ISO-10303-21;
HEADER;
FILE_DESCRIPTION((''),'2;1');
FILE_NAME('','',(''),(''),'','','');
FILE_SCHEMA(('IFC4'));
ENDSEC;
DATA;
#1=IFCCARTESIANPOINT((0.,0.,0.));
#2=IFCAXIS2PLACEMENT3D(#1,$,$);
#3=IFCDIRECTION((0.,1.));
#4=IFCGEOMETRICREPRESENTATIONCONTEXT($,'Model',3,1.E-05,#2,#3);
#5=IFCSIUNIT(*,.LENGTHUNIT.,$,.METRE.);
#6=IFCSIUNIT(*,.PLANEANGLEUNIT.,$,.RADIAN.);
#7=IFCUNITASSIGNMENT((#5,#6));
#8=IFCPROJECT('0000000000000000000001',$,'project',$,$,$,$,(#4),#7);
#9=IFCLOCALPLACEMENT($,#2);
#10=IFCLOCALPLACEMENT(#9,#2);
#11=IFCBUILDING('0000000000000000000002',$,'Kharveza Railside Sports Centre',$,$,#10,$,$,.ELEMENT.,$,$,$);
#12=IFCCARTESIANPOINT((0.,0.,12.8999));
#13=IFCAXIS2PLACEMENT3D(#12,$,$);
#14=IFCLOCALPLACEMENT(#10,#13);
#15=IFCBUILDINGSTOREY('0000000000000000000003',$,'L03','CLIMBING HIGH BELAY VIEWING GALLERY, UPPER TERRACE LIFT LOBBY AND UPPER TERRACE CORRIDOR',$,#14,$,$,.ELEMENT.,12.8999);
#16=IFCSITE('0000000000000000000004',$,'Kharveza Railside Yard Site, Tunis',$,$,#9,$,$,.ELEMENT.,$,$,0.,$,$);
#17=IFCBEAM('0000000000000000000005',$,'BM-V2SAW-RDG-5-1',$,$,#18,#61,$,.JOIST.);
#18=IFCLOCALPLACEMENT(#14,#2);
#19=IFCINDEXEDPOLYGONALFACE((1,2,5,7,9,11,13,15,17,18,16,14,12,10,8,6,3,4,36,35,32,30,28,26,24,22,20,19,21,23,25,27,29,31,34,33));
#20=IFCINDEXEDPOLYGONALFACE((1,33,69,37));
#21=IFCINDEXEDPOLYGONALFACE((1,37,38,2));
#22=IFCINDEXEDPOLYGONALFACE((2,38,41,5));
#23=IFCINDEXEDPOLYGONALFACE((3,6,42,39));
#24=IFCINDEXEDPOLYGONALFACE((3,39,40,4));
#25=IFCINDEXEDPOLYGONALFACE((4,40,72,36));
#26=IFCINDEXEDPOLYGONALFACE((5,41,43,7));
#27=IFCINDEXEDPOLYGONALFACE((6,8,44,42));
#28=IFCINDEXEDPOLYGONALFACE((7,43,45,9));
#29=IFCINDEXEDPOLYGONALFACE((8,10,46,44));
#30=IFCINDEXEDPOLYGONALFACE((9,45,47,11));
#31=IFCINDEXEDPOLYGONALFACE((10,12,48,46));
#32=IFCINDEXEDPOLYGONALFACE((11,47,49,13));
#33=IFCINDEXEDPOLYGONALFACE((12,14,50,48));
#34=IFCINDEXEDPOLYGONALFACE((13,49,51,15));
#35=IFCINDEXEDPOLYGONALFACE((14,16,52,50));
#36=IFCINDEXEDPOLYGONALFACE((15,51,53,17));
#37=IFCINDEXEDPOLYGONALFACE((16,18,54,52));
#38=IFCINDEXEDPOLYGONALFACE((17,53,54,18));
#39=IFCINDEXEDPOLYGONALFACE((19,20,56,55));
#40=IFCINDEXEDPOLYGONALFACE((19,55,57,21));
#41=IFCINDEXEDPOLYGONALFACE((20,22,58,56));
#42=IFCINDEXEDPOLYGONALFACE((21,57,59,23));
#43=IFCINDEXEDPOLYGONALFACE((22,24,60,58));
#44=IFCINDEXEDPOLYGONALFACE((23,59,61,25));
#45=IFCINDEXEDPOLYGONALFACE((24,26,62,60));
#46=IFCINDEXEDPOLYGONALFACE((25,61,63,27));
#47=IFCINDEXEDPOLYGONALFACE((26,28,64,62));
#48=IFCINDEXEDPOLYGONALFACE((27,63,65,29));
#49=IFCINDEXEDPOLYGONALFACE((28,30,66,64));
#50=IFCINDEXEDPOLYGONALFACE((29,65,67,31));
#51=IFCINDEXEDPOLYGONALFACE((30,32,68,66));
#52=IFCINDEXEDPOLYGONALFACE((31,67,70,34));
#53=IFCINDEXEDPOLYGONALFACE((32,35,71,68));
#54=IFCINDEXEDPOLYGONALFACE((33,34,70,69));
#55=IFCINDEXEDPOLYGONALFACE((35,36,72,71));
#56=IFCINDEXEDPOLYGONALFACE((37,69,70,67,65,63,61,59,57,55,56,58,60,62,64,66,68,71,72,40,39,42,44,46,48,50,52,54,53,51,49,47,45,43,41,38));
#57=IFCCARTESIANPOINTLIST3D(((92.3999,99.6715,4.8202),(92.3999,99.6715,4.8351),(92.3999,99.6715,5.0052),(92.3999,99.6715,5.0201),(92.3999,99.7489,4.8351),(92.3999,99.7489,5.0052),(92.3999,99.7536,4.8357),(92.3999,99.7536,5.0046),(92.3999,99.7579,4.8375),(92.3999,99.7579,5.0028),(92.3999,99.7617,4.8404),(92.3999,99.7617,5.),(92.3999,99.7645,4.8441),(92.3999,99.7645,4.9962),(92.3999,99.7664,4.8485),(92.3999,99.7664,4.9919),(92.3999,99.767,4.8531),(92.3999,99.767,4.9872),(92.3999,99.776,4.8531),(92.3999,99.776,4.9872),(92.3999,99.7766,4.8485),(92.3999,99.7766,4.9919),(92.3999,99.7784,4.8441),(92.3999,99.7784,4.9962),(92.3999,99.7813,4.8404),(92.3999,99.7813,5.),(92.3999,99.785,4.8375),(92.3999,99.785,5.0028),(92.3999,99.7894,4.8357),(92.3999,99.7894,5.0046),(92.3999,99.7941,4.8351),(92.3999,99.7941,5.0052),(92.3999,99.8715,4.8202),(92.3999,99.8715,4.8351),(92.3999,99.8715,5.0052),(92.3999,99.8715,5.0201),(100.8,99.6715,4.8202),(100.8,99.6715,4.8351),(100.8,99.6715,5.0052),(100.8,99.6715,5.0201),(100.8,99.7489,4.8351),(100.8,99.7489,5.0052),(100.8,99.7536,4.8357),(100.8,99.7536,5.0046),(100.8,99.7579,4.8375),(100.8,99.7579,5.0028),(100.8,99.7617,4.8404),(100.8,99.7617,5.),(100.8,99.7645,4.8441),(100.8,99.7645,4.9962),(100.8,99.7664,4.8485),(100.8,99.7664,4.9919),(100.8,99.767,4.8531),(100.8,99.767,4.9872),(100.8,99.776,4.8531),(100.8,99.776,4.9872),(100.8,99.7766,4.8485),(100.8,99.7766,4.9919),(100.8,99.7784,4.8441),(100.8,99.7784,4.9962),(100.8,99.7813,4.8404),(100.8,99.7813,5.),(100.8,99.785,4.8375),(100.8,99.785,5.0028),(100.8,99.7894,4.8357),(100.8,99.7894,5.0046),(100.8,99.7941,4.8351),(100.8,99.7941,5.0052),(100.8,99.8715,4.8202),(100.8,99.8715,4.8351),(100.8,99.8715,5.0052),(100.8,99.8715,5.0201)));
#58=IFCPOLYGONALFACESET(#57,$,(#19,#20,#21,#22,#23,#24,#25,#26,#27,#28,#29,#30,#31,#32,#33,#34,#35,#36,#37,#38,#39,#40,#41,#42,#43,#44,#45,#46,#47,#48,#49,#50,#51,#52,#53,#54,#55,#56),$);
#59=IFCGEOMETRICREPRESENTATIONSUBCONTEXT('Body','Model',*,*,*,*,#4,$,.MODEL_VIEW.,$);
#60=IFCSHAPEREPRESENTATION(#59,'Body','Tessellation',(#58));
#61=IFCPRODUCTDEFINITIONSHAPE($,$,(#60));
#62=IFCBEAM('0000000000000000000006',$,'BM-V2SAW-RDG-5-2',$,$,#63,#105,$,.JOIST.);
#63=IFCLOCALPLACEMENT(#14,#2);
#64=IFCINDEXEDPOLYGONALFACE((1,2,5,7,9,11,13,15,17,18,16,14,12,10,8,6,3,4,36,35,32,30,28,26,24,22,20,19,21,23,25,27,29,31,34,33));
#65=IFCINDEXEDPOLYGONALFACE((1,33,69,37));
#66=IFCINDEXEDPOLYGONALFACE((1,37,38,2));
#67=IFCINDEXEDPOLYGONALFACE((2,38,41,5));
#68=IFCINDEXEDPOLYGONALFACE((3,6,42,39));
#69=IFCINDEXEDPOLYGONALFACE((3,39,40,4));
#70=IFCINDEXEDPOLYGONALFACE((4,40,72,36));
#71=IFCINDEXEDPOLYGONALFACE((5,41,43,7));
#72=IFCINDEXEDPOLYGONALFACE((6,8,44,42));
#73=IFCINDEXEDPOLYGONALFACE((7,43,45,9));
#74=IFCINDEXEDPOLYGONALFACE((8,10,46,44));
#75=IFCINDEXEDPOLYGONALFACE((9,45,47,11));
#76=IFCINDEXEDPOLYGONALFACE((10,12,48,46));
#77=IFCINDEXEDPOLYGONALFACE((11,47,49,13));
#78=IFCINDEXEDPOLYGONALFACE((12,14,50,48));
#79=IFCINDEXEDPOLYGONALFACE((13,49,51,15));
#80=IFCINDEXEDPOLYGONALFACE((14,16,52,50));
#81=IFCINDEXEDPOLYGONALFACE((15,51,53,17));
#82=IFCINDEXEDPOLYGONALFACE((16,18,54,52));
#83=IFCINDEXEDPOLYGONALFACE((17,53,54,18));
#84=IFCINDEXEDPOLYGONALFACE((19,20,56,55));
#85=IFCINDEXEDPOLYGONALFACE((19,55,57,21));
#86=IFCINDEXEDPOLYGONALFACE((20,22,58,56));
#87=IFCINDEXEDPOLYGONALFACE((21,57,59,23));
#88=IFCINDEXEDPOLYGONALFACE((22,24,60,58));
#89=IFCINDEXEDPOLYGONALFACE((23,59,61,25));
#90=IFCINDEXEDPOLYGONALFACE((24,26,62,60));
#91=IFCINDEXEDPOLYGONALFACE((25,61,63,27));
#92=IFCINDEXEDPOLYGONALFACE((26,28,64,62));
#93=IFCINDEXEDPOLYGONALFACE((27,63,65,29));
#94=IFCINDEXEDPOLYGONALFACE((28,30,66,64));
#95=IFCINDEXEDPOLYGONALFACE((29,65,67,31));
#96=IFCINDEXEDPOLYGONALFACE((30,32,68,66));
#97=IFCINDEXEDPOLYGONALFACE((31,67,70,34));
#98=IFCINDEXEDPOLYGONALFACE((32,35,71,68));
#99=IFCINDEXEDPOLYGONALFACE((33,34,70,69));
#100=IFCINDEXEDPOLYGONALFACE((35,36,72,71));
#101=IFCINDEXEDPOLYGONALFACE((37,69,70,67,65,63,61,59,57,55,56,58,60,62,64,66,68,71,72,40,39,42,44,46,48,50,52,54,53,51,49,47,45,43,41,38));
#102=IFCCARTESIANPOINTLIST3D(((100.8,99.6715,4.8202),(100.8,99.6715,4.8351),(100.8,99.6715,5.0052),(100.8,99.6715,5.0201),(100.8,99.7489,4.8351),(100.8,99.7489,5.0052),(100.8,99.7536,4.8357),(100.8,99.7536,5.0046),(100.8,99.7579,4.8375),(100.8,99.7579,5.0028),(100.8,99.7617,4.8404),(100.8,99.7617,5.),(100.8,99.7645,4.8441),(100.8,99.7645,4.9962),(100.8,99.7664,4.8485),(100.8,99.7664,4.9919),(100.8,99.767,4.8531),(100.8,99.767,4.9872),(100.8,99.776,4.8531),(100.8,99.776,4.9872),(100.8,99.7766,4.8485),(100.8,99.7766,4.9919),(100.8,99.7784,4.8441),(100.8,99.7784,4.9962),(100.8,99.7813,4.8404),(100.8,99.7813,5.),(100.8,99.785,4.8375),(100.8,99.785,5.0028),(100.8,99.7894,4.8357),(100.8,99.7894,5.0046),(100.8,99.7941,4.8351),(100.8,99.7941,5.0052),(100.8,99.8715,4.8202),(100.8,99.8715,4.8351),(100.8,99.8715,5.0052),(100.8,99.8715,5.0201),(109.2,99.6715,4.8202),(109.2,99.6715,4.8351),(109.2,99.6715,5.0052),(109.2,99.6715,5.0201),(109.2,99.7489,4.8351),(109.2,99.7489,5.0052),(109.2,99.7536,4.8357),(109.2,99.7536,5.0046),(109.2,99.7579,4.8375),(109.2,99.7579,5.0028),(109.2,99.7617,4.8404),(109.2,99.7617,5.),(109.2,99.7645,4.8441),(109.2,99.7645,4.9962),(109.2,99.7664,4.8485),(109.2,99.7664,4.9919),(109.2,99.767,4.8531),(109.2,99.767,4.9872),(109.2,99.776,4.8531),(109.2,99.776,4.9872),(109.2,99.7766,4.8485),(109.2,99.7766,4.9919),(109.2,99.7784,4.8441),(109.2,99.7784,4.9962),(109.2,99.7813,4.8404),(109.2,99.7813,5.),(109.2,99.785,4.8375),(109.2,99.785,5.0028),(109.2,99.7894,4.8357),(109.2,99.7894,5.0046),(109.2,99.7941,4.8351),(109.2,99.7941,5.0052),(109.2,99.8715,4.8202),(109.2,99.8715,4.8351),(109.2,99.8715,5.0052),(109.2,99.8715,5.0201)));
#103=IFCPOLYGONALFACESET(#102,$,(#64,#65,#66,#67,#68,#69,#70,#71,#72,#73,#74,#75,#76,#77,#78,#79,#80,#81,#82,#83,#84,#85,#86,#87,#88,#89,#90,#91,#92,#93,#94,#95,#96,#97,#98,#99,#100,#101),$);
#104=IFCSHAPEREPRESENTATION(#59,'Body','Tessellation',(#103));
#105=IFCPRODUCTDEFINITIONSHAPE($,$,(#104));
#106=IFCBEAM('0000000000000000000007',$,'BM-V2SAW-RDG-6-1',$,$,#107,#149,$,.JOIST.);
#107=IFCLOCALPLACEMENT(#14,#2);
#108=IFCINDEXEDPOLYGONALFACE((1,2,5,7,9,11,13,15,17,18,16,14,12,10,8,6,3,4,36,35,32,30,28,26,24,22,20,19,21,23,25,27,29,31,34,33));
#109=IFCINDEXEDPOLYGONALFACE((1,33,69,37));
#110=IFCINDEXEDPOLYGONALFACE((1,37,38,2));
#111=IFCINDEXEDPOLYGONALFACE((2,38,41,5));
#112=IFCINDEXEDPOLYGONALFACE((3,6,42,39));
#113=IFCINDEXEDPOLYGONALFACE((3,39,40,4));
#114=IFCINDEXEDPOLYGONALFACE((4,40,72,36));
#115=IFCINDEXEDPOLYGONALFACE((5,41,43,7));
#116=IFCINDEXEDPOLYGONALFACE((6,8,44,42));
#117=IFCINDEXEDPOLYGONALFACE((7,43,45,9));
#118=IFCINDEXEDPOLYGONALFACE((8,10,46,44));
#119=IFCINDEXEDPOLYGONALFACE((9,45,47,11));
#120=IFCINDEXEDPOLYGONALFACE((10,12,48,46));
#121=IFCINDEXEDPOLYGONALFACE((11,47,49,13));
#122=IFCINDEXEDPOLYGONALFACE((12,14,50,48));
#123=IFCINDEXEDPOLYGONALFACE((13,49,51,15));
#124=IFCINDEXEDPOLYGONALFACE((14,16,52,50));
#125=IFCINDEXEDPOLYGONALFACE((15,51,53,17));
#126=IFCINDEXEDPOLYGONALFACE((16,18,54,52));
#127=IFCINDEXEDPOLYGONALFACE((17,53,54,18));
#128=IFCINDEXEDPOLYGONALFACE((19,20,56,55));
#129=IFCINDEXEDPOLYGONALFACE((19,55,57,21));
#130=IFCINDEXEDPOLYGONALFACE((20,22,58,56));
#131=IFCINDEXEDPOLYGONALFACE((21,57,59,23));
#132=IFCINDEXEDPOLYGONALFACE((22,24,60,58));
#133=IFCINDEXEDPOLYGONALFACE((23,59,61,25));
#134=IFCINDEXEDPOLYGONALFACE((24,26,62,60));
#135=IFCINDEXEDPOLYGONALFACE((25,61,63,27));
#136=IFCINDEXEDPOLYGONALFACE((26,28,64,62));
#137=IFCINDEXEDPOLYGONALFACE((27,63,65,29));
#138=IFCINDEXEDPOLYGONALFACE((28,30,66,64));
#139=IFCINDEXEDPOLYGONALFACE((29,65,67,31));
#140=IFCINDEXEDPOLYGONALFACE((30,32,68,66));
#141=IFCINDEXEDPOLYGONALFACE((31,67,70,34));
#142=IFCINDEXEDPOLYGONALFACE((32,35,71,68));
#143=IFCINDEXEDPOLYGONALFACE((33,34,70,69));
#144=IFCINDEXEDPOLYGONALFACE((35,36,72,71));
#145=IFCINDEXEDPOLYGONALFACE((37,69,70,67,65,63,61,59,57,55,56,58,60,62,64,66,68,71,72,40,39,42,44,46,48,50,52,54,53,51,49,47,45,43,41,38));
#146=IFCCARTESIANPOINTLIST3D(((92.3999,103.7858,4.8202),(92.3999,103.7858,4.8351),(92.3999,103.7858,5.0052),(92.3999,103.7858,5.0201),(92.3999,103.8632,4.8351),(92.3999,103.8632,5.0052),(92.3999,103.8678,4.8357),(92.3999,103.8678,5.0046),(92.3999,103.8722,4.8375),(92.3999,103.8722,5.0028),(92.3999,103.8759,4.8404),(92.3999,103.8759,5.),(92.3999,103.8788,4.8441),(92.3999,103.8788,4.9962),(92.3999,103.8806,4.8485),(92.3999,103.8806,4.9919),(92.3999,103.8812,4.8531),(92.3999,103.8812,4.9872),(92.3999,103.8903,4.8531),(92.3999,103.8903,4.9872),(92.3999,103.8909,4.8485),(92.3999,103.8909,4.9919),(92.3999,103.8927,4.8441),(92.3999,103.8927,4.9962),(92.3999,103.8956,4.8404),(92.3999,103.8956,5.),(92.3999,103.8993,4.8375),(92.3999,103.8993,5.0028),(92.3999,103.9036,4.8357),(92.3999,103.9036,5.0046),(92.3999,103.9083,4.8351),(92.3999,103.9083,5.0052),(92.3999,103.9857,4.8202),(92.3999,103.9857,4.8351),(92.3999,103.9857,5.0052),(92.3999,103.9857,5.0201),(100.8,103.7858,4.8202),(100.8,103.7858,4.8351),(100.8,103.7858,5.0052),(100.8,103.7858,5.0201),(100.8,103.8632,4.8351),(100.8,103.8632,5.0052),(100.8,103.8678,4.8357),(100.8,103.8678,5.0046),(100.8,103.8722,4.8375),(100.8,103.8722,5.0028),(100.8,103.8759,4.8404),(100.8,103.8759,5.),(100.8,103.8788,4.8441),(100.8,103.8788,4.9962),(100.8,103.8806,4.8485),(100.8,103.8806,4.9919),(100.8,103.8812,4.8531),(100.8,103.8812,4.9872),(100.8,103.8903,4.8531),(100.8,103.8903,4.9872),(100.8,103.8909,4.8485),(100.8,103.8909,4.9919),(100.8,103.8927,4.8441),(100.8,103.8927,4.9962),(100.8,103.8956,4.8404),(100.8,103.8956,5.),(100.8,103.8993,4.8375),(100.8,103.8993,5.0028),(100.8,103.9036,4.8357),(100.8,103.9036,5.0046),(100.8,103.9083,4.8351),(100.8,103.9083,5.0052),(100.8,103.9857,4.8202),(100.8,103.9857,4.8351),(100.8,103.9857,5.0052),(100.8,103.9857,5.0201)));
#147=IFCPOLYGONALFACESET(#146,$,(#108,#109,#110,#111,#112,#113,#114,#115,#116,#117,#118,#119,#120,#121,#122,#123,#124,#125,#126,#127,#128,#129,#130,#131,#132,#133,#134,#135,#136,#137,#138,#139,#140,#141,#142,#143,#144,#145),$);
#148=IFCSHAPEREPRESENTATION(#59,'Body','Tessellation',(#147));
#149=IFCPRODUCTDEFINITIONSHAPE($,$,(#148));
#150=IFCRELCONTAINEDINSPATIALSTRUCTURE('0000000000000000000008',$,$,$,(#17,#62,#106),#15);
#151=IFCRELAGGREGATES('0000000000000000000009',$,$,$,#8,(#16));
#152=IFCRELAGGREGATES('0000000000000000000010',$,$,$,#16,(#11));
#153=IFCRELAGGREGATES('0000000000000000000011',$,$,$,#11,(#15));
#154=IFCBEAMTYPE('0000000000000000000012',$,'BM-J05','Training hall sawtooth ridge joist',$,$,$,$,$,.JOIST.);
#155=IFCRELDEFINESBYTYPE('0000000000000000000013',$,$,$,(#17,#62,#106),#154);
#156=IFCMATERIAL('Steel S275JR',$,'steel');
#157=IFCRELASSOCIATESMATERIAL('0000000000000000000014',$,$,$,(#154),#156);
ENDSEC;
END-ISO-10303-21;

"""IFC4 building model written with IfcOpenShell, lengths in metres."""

from ifc_helpers import new_model, si_unit, direction, frame, origin, origin_2d, place, context, subcontext, project, spatial, i_section, extrude, material, material_profile, profile_set, type_object, element, save


model = new_model("IFC4")

# Units and contexts
model_context = context("Model", 3, precision=1e-05, world=origin(), true_north=direction((0.0, 1.0)))
body_context = subcontext(model_context, "Body", "Model", "MODEL_VIEW")
ifc_project = project(units=[si_unit("LENGTHUNIT", "METRE"), si_unit("PLANEANGLEUNIT", "RADIAN")], contexts=[model_context])

# Site, building, storey
site_placement = place(None, origin())
site = spatial("IfcSite", under=ifc_project, at=site_placement, Name="Kharveza Railside Yard Site, Tunis", CompositionType="ELEMENT", RefElevation=0.0)
building_placement = place(site_placement, origin())
building = spatial("IfcBuilding", under=site, at=building_placement, Name="Kharveza Railside Sports Centre", CompositionType="ELEMENT")
storey_placement = place(building_placement, frame((0.0, 0.0, 12.8999)))
storey = spatial("IfcBuildingStorey", under=building, at=storey_placement, Name="L03", Description="CLIMBING HIGH BELAY VIEWING GALLERY, UPPER TERRACE LIFT LOBBY AND UPPER TERRACE CORRIDOR", CompositionType="ELEMENT", Elevation=12.8999)

# Beams
ifc_material_1 = material(Name="Steel S275JR", Category="steel")
ifc_material_profile_1 = material_profile(ifc_material_1, i_section(OverallWidth=0.2, OverallDepth=0.2, WebThickness=0.009, FlangeThickness=0.0149, FilletRadius=0.0181, at=origin_2d()), Name="HEB 200")
ifc_profile_set_1 = profile_set([ifc_material_profile_1], Name="Steel S275JR")
beam_type_1 = type_object("IfcBeamType", Name="BM-J05", Description="Training hall sawtooth ridge joist", PredefinedType="JOIST", material=ifc_profile_set_1)
beam_1_placement = place(storey_placement, frame((92.3999, 99.7715, 4.9202), z_axis=(1.0, 0.0, 0.0), x_axis=(0.0, 1.0, 0.0)))
element("IfcBeam", 1, at=beam_1_placement, inside=storey, type_object=beam_type_1, Name="BM-V2SAW-RDG-5-1", PredefinedType="JOIST", context=body_context, shape_type="SweptSolid", body=[
    extrude(i_section(OverallWidth=0.2, OverallDepth=0.2, WebThickness=0.009, FlangeThickness=0.0149, FilletRadius=0.0181, at=origin_2d()), origin(), (0.0, 0.0, 1.0), 8.4001),
])
beam_2_placement = place(storey_placement, frame((100.8, 99.7715, 4.9202), z_axis=(1.0, 0.0, 0.0), x_axis=(0.0, 1.0, 0.0)))
element("IfcBeam", 2, at=beam_2_placement, inside=storey, type_object=beam_type_1, Name="BM-V2SAW-RDG-5-2", PredefinedType="JOIST", context=body_context, shape_type="SweptSolid", body=[
    extrude(i_section(OverallWidth=0.2, OverallDepth=0.2, WebThickness=0.009, FlangeThickness=0.0149, FilletRadius=0.0181, at=origin_2d()), origin(), (0.0, 0.0, 1.0), 8.3999),
])
beam_3_placement = place(storey_placement, frame((92.3999, 103.8857, 4.9202), z_axis=(1.0, 0.0, 0.0), x_axis=(0.0, 1.0, 0.0)))
element("IfcBeam", 3, at=beam_3_placement, inside=storey, type_object=beam_type_1, Name="BM-V2SAW-RDG-6-1", PredefinedType="JOIST", context=body_context, shape_type="SweptSolid", body=[
    extrude(i_section(OverallWidth=0.2, OverallDepth=0.2, WebThickness=0.009, FlangeThickness=0.0149, FilletRadius=0.0181, at=origin_2d()), origin(), (0.0, 0.0, 1.0), 8.4001),
])

save(model, "model.ifc")
